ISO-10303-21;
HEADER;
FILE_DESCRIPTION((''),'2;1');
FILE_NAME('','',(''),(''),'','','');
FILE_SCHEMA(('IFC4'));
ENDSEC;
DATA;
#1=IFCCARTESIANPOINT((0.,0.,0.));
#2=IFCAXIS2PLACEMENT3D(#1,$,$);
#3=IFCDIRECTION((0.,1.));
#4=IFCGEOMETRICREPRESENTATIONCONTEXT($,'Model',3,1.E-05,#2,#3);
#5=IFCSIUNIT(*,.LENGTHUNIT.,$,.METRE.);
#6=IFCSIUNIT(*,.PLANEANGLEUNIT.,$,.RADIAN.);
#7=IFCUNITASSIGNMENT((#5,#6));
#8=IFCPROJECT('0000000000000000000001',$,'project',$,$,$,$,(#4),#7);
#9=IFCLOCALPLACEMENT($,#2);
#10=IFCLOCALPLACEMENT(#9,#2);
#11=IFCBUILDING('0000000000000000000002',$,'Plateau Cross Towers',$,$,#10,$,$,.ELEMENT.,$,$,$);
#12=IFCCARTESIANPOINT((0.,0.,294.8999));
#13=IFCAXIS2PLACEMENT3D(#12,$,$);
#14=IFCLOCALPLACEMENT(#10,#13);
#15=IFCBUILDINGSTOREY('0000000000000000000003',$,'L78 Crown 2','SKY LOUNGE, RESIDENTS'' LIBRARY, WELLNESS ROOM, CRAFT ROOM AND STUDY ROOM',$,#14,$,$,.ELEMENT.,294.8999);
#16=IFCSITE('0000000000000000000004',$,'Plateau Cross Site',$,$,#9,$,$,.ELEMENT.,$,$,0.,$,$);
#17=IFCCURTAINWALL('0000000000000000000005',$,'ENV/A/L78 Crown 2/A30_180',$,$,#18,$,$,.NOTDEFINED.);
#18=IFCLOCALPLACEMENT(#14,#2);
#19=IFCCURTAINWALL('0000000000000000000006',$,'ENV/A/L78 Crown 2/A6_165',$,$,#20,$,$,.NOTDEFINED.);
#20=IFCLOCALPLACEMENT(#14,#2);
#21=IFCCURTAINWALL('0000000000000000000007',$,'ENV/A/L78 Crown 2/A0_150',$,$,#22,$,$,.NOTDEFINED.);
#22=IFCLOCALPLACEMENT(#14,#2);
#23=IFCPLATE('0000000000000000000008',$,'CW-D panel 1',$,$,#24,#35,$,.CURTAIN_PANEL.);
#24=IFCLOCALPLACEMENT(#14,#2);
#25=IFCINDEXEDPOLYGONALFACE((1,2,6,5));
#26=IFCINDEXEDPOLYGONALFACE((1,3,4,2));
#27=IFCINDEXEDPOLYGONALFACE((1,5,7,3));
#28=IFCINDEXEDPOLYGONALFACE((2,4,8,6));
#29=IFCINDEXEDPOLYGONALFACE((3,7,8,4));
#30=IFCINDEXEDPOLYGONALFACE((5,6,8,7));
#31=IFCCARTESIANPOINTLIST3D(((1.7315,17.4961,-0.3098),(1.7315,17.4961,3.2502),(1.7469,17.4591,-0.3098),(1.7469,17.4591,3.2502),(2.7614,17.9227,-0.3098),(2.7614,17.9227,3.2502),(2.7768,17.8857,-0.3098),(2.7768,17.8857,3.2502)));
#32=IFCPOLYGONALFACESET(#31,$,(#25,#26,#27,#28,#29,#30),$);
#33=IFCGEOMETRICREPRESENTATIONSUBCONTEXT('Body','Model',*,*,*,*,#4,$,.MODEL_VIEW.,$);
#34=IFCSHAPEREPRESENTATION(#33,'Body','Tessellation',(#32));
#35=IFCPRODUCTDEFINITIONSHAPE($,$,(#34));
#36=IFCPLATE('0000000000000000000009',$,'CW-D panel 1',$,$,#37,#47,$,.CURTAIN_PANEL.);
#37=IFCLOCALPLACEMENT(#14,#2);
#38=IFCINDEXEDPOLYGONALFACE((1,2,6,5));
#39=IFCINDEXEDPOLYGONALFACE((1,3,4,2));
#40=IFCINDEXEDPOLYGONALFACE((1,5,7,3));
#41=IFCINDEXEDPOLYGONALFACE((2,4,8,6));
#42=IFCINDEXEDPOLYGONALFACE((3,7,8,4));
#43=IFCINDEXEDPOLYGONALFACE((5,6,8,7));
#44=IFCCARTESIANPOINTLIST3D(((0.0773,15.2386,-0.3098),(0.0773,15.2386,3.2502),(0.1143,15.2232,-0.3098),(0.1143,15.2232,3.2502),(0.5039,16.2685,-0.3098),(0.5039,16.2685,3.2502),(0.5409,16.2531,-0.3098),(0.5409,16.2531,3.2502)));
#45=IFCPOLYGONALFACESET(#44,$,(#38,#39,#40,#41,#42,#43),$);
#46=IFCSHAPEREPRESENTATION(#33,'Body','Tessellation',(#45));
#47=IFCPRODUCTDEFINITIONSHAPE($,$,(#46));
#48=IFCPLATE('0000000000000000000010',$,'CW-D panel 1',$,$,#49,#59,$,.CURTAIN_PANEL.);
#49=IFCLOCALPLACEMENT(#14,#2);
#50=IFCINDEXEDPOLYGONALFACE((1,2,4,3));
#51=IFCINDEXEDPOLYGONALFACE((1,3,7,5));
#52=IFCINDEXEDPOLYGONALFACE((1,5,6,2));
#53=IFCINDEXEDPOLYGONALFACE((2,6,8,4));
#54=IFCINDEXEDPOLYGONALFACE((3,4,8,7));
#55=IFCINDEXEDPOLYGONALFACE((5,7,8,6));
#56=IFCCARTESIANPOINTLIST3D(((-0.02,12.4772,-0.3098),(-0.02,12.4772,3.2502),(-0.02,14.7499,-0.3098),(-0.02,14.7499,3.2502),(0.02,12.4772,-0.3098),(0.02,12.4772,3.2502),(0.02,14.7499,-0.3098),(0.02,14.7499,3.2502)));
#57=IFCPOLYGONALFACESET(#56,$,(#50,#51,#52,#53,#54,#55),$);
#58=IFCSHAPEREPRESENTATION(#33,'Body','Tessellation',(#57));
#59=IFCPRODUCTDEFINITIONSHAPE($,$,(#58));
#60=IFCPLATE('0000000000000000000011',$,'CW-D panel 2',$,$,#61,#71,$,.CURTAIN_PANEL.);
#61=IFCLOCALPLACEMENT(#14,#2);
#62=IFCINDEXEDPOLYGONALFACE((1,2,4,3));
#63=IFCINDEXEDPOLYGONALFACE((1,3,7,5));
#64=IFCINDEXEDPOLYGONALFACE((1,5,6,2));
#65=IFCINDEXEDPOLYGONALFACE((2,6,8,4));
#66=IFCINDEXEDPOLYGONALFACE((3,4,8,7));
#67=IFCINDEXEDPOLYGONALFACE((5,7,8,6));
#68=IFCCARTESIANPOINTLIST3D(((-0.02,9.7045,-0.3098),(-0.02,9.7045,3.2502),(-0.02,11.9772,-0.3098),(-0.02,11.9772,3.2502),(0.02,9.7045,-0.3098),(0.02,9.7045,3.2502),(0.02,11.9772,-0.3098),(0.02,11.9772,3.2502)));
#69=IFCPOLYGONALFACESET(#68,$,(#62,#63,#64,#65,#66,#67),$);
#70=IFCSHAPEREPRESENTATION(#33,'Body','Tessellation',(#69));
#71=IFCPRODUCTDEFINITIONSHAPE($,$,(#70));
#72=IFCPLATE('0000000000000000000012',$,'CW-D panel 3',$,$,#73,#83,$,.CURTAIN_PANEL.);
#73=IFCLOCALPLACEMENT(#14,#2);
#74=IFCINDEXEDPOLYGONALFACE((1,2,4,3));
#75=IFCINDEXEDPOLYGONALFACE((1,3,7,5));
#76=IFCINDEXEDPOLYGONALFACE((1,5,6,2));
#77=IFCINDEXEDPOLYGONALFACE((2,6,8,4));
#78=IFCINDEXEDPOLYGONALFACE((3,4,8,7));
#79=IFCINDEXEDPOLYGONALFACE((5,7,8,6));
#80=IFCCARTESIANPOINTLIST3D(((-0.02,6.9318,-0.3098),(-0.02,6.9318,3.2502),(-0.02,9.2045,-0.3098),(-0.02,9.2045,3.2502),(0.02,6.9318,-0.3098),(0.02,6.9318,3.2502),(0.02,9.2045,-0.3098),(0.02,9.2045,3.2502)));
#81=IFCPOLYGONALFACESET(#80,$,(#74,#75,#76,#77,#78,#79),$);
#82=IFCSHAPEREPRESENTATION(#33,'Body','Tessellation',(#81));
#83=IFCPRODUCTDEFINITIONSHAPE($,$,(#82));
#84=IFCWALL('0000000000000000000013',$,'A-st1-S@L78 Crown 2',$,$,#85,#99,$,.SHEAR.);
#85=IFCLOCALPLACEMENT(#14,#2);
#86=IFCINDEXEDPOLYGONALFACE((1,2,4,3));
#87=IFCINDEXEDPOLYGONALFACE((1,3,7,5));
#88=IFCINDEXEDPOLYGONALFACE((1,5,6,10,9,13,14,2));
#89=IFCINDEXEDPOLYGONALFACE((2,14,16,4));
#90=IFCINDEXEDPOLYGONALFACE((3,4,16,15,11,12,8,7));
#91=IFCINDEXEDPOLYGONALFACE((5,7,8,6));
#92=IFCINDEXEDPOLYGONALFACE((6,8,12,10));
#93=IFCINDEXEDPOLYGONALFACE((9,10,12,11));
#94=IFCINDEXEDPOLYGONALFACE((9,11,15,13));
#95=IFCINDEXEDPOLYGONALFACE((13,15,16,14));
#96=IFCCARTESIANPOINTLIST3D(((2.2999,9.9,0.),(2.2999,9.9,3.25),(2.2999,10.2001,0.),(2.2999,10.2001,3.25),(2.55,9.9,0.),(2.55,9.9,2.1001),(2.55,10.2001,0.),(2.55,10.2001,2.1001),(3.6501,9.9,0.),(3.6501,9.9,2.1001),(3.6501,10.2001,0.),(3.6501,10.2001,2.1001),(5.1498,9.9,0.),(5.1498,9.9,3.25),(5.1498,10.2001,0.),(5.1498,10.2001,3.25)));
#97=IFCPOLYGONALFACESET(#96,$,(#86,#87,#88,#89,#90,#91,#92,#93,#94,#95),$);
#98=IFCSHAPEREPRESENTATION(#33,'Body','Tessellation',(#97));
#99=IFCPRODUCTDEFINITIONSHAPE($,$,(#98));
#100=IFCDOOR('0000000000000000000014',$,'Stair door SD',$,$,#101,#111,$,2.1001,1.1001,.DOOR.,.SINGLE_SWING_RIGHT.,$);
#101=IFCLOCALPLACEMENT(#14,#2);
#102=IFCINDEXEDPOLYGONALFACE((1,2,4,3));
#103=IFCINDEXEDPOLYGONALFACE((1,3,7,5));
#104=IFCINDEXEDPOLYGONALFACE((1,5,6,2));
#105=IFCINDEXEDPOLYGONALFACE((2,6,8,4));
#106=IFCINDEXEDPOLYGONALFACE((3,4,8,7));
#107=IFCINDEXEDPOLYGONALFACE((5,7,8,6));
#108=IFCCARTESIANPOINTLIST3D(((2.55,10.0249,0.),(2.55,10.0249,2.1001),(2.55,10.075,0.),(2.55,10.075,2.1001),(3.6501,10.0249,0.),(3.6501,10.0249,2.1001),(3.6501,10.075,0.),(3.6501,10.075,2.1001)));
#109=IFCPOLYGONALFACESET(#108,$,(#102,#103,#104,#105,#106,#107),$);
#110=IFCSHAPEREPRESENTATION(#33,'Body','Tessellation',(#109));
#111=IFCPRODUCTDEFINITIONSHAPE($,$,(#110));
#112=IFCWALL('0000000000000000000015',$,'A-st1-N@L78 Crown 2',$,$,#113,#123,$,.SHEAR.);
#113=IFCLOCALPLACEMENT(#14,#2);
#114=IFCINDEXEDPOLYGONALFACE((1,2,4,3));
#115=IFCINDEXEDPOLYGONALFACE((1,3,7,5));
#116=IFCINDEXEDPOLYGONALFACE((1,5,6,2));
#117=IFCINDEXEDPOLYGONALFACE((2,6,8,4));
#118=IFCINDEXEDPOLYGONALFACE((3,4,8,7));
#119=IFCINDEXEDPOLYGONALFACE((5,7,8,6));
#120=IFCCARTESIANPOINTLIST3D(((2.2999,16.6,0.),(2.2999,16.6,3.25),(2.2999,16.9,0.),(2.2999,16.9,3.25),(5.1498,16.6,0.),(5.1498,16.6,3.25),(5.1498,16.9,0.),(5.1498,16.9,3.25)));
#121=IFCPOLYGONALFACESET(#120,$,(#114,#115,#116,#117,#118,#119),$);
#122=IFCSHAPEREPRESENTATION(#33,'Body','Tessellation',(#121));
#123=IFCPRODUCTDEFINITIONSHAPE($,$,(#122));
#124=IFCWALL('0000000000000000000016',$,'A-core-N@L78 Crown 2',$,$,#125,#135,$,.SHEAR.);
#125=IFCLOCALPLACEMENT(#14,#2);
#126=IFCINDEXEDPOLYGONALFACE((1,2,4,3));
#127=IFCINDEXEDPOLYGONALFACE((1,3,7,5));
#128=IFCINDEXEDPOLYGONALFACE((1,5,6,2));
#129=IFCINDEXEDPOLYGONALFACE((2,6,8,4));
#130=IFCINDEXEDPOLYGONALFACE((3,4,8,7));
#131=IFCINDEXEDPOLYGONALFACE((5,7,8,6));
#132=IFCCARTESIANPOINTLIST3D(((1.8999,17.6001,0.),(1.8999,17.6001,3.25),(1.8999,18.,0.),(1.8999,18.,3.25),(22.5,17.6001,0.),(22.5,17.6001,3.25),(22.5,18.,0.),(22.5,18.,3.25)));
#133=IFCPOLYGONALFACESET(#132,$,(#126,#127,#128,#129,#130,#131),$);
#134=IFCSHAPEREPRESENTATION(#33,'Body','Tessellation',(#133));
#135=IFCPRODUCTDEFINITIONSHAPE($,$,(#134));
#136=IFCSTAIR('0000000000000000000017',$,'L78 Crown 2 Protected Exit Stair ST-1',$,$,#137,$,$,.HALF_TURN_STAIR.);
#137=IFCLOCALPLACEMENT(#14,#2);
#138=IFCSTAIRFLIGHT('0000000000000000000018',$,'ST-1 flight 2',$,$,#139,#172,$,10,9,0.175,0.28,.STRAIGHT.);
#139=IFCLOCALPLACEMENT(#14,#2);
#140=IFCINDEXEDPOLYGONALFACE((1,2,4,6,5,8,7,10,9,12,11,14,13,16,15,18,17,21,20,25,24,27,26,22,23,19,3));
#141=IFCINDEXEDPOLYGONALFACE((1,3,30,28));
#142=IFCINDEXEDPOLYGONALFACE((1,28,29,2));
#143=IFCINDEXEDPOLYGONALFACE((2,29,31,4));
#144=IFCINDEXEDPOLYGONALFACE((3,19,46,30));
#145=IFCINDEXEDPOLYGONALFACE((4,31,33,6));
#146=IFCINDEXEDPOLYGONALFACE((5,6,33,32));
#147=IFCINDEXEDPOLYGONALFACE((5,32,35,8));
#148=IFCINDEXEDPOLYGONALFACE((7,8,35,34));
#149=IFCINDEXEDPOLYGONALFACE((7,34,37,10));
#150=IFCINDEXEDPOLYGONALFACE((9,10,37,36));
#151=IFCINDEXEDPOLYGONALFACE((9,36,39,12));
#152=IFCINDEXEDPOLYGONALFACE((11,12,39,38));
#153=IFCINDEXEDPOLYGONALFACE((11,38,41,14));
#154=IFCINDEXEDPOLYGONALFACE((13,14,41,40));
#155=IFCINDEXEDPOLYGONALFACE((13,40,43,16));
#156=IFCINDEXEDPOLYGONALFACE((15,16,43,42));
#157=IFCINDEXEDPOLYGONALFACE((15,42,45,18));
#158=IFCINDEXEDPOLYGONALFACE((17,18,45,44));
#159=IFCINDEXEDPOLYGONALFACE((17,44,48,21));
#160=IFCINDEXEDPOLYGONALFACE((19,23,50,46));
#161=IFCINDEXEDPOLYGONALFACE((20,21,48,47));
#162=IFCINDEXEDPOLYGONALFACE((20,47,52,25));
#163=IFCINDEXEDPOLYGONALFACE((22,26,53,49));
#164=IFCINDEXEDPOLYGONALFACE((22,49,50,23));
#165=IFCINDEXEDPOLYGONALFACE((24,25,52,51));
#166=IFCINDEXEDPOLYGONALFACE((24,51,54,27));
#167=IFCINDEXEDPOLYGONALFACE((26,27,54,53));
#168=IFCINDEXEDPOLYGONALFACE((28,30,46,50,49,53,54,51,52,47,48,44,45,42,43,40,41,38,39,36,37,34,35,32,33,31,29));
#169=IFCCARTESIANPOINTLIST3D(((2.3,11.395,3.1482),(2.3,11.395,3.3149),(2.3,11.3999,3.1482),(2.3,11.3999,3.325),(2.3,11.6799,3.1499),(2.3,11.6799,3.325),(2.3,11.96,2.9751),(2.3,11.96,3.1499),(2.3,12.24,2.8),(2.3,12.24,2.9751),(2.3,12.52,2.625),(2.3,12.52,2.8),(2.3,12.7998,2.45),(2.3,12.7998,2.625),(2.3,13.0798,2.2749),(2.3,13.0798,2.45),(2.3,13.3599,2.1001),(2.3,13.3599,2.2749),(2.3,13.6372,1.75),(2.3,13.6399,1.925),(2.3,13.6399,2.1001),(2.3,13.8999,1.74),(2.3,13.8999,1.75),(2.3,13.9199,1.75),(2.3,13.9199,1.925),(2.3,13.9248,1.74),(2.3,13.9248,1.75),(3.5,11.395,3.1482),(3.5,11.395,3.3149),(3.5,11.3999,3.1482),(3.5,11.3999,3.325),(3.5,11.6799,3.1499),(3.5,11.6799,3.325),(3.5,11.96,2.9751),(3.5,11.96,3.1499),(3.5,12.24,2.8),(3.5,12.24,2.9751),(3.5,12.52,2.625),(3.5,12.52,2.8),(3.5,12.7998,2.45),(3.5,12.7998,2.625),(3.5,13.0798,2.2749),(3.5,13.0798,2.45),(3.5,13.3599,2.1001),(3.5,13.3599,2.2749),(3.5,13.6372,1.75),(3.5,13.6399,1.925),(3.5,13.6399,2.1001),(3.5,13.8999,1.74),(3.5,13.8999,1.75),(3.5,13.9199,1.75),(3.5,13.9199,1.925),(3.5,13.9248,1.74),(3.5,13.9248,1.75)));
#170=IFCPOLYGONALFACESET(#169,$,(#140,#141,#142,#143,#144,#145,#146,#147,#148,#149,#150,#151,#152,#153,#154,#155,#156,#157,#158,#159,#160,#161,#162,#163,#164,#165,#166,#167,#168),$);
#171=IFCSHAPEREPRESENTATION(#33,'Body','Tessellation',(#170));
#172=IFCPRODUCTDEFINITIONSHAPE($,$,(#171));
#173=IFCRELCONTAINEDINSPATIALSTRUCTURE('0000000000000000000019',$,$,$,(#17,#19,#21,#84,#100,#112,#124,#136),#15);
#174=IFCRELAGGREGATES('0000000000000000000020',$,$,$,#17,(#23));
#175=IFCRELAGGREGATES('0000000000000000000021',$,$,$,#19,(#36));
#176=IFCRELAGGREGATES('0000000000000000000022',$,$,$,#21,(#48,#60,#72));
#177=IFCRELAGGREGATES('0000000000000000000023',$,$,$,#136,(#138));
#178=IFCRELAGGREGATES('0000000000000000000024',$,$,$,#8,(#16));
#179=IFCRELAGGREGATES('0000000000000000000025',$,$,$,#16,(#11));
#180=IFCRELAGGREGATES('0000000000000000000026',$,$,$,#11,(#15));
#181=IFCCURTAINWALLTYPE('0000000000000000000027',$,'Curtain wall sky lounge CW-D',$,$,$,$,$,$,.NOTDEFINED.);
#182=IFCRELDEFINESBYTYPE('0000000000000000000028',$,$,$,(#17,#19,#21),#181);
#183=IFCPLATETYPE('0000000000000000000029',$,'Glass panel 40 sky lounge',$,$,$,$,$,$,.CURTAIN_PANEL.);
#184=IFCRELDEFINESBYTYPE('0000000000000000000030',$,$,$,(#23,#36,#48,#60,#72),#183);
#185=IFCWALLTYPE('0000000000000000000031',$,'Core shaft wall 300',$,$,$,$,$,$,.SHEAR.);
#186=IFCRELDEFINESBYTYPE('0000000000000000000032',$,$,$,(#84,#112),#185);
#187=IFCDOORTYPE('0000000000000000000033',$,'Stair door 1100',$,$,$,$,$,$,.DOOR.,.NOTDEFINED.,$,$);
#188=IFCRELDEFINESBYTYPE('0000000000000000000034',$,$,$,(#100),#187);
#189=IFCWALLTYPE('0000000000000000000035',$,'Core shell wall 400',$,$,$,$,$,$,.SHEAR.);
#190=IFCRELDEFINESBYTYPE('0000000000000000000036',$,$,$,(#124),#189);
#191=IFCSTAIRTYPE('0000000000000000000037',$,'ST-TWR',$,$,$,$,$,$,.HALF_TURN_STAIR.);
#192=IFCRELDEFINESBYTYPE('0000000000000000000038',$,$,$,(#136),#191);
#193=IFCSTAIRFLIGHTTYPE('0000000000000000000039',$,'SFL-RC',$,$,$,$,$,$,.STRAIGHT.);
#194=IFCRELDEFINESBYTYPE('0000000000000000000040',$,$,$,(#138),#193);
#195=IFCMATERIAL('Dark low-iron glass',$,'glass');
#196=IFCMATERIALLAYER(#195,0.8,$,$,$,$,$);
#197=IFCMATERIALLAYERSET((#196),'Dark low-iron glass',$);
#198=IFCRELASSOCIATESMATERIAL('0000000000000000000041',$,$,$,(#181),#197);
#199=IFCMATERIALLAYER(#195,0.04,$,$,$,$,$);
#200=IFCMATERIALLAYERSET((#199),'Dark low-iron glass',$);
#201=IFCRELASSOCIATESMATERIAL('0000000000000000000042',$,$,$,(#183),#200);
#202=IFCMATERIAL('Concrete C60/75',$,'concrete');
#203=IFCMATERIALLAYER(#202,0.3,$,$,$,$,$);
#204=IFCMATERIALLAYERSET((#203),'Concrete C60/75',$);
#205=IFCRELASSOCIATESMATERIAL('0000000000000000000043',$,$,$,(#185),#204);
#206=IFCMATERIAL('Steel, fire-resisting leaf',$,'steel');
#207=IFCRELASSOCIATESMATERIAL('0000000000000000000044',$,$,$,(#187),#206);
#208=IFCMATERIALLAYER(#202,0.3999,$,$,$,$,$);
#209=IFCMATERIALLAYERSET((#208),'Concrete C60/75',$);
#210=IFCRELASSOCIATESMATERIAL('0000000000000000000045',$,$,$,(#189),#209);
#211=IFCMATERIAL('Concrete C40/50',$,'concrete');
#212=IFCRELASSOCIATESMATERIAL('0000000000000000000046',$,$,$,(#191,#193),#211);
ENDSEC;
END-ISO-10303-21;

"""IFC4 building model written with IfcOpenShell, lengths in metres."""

from ifc_helpers import new_model, si_unit, direction, frame, frame_2d, origin, origin_2d, place, context, subcontext, project, spatial, polyline, rectangle, outline, extrude, material, layer, layer_set, type_object, element, fill, aggregate, save


model = new_model("IFC4")

# Units and contexts
model_context = context("Model", 3, precision=1e-05, world=origin(), true_north=direction((0.0, 1.0)))
body_context = subcontext(model_context, "Body", "Model", "MODEL_VIEW")
ifc_project = project(units=[si_unit("LENGTHUNIT", "METRE"), si_unit("PLANEANGLEUNIT", "RADIAN")], contexts=[model_context])

# Site, building, storey
site_placement = place(None, origin())
site = spatial("IfcSite", under=ifc_project, at=site_placement, Name="Plateau Cross Site", CompositionType="ELEMENT", RefElevation=0.0)
building_placement = place(site_placement, origin())
building = spatial("IfcBuilding", under=site, at=building_placement, Name="Plateau Cross Towers", CompositionType="ELEMENT")
storey_placement = place(building_placement, frame((0.0, 0.0, 294.8999)))
storey = spatial("IfcBuildingStorey", under=building, at=storey_placement, Name="L78 Crown 2", Description="SKY LOUNGE, RESIDENTS' LIBRARY, WELLNESS ROOM, CRAFT ROOM AND STUDY ROOM", CompositionType="ELEMENT", Elevation=294.8999)

# Shared definitions
ifc_material_1 = material(Name="Concrete C60/75", Category="concrete")

# Curtain wall
ifc_material_2 = material(Name="Dark low-iron glass", Category="glass")
ifc_layer_1 = layer(ifc_material_2, 0.8)
ifc_layer_set_1 = layer_set([ifc_layer_1], Name="Dark low-iron glass")
curtain_wall_type = type_object("IfcCurtainWallType", Name="Curtain wall sky lounge CW-D", PredefinedType="NOTDEFINED", material=ifc_layer_set_1)
curtain_wall_1_placement = place(storey_placement, origin())
curtain_wall_1 = element("IfcCurtainWall", 1, at=curtain_wall_1_placement, inside=storey, type_object=curtain_wall_type, Name="ENV/A/L78 Crown 2/A30_180", PredefinedType="NOTDEFINED")

# Curtain wall
curtain_wall_2_placement = place(storey_placement, origin())
curtain_wall_2 = element("IfcCurtainWall", 2, at=curtain_wall_2_placement, inside=storey, type_object=curtain_wall_type, Name="ENV/A/L78 Crown 2/A6_165", PredefinedType="NOTDEFINED")

# Curtain wall
curtain_wall_3_placement = place(storey_placement, origin())
curtain_wall_3 = element("IfcCurtainWall", 3, at=curtain_wall_3_placement, inside=storey, type_object=curtain_wall_type, Name="ENV/A/L78 Crown 2/A0_150", PredefinedType="NOTDEFINED")

# Plates
ifc_layer_2 = layer(ifc_material_2, 0.04)
ifc_layer_set_2 = layer_set([ifc_layer_2], Name="Dark low-iron glass")
plate_type = type_object("IfcPlateType", Name="Glass panel 40 sky lounge", PredefinedType="CURTAIN_PANEL", material=ifc_layer_set_2)
plate_1_placement = place(storey_placement, frame((2.2542, 17.6909, -0.3098), z_axis=(0.0, 0.0, 1.0), x_axis=(-0.923879, -0.382684, 0.0)))
plate_1 = element("IfcPlate", 4, at=plate_1_placement, type_object=plate_type, Name="CW-D panel 1", PredefinedType="CURTAIN_PANEL", context=body_context, shape_type="SweptSolid", body=[
    extrude(rectangle(XDim=1.1147, YDim=0.04, at=origin_2d()), origin(), (0.0, 0.0, 1.0), 3.5601),
])
aggregate(curtain_wall_1, [plate_1])
plate_2_placement = place(storey_placement, frame((0.3091, 15.7458, -0.3098), z_axis=(0.0, 0.0, 1.0), x_axis=(-0.382684, -0.923879, 0.0)))
plate_2 = element("IfcPlate", 5, at=plate_2_placement, type_object=plate_type, Name="CW-D panel 1", PredefinedType="CURTAIN_PANEL", context=body_context, shape_type="SweptSolid", body=[
    extrude(rectangle(XDim=1.1147, YDim=0.04, at=origin_2d()), origin(), (0.0, 0.0, 1.0), 3.5601),
])
aggregate(curtain_wall_2, [plate_2])
plate_3_placement = place(storey_placement, frame((0.0, 13.6135, -0.3098), z_axis=(0.0, 0.0, 1.0), x_axis=(0.0, -1.0, 0.0)))
plate_3 = element("IfcPlate", 6, at=plate_3_placement, type_object=plate_type, Name="CW-D panel 1", PredefinedType="CURTAIN_PANEL", context=body_context, shape_type="SweptSolid", body=[
    extrude(rectangle(XDim=2.2727, YDim=0.04, at=origin_2d()), origin(), (0.0, 0.0, 1.0), 3.5601),
])
plate_4_placement = place(storey_placement, frame((0.0, 10.8408, -0.3098), z_axis=(0.0, 0.0, 1.0), x_axis=(0.0, -1.0, 0.0)))
plate_4 = element("IfcPlate", 7, at=plate_4_placement, type_object=plate_type, Name="CW-D panel 2", PredefinedType="CURTAIN_PANEL", context=body_context, shape_type="SweptSolid", body=[
    extrude(rectangle(XDim=2.2727, YDim=0.04, at=origin_2d()), origin(), (0.0, 0.0, 1.0), 3.5601),
])
plate_5_placement = place(storey_placement, frame((0.0, 8.0681, -0.3098), z_axis=(0.0, 0.0, 1.0), x_axis=(0.0, -1.0, 0.0)))
plate_5 = element("IfcPlate", 8, at=plate_5_placement, type_object=plate_type, Name="CW-D panel 3", PredefinedType="CURTAIN_PANEL", context=body_context, shape_type="SweptSolid", body=[
    extrude(rectangle(XDim=2.2727, YDim=0.04, at=origin_2d()), origin(), (0.0, 0.0, 1.0), 3.5601),
])
aggregate(curtain_wall_3, [plate_3, plate_4, plate_5])

# Wall, opening, door
ifc_layer_3 = layer(ifc_material_1, 0.3)
ifc_layer_set_3 = layer_set([ifc_layer_3], Name="Concrete C60/75")
wall_type_1 = type_object("IfcWallType", Name="Core shaft wall 300", PredefinedType="SHEAR", material=ifc_layer_set_3)
wall_1_placement = place(storey_placement, frame((2.3, 10.05, 0.0), z_axis=(0.0, 0.0, 1.0), x_axis=(1.0, 0.0, 0.0)))
wall_1 = element("IfcWall", 9, at=wall_1_placement, inside=storey, type_object=wall_type_1, Name="A-st1-S@L78 Crown 2", PredefinedType="SHEAR", context=body_context, shape_type="SweptSolid", body=[
    extrude(rectangle(XDim=2.8499, YDim=0.3, at=frame_2d((1.4248, 0.0))), origin(), (0.0, 0.0, 1.0), 3.25),
])
opening_placement = place(wall_1_placement, frame((0.25, 0.0, 0.0)))
opening = element("IfcOpeningElement", 10, at=opening_placement, cuts=wall_1, PredefinedType="OPENING", context=body_context, shape_type="SweptSolid", body=[
    extrude(rectangle(XDim=1.1001, YDim=2.1001, at=frame_2d((0.55, 1.05))), frame((0.0, 0.1599, 0.0), z_axis=(0.0, -1.0, 0.0), x_axis=(1.0, 0.0, 0.0)), (0.0, 0.0, 1.0), 0.3201),
])
ifc_material_3 = material(Name="Steel, fire-resisting leaf", Category="steel")
door_type = type_object("IfcDoorType", Name="Stair door 1100", OperationType="NOTDEFINED", PredefinedType="DOOR", material=ifc_material_3)
door_placement = place(opening_placement, origin())
door = element("IfcDoor", 11, at=door_placement, inside=storey, type_object=door_type, Name="Stair door SD", OperationType="SINGLE_SWING_RIGHT", OverallHeight=2.1001, OverallWidth=1.1001, PredefinedType="DOOR", context=body_context, shape_type="SweptSolid", body=[
    extrude(rectangle(XDim=1.1001, YDim=2.1001, at=frame_2d((0.55, 1.05))), frame((0.0, 0.0249, 0.0), z_axis=(0.0, -1.0, 0.0), x_axis=(1.0, 0.0, 0.0)), (0.0, 0.0, 1.0), 0.05),
])
fill(opening, door)

# Walls
wall_2_placement = place(storey_placement, frame((2.3, 16.75, 0.0), z_axis=(0.0, 0.0, 1.0), x_axis=(1.0, 0.0, 0.0)))
element("IfcWall", 12, at=wall_2_placement, inside=storey, type_object=wall_type_1, Name="A-st1-N@L78 Crown 2", PredefinedType="SHEAR", context=body_context, shape_type="SweptSolid", body=[
    extrude(rectangle(XDim=2.8499, YDim=0.3, at=frame_2d((1.4248, 0.0))), origin(), (0.0, 0.0, 1.0), 3.25),
])
ifc_layer_4 = layer(ifc_material_1, 0.3999)
ifc_layer_set_4 = layer_set([ifc_layer_4], Name="Concrete C60/75")
wall_type_2 = type_object("IfcWallType", Name="Core shell wall 400", PredefinedType="SHEAR", material=ifc_layer_set_4)
wall_3_placement = place(storey_placement, frame((1.8999, 17.8, 0.0), z_axis=(0.0, 0.0, 1.0), x_axis=(1.0, 0.0, 0.0)))
element("IfcWall", 13, at=wall_3_placement, inside=storey, type_object=wall_type_2, Name="A-core-N@L78 Crown 2", PredefinedType="SHEAR", context=body_context, shape_type="SweptSolid", body=[
    extrude(rectangle(XDim=20.6001, YDim=0.3999, at=frame_2d((10.3, 0.0))), origin(), (0.0, 0.0, 1.0), 3.25),
])

# Stair, stair flight
ifc_material_4 = material(Name="Concrete C40/50", Category="concrete")
stair_type = type_object("IfcStairType", Name="ST-TWR", PredefinedType="HALF_TURN_STAIR", material=ifc_material_4)
stair_placement = place(storey_placement, origin())
stair = element("IfcStair", 14, at=stair_placement, inside=storey, type_object=stair_type, Name="L78 Crown 2 Protected Exit Stair ST-1", PredefinedType="HALF_TURN_STAIR")
stair_flight_type = type_object("IfcStairFlightType", Name="SFL-RC", PredefinedType="STRAIGHT", material=ifc_material_4)
stair_flight_placement = place(storey_placement, frame((2.8999, 13.9199, 1.75), z_axis=(0.0, 0.0, 1.0), x_axis=(0.0, -1.0, 0.0)))
stair_flight = element("IfcStairFlight", 15, at=stair_flight_placement, type_object=stair_flight_type, Name="ST-1 flight 2", NumberOfRisers=10, NumberOfTreads=9, PredefinedType="STRAIGHT", RiserHeight=0.175, TreadLength=0.28, context=body_context, shape_type="SweptSolid", body=[
    extrude(outline(polyline([(-0.0049, -0.01), (-0.0049, 0.0), (0.0, 0.0), (0.0, 0.175), (0.28, 0.175), (0.28, 0.3501), (0.5601, 0.3501), (0.5601, 0.5249), (0.8401, 0.5249), (0.8401, 0.7), (1.1201, 0.7), (1.1201, 0.875), (1.3999, 0.875), (1.3999, 1.05), (1.6799, 1.05), (1.6799, 1.2251), (1.96, 1.2251), (1.96, 1.3999), (2.24, 1.3999), (2.24, 1.575), (2.52, 1.575), (2.5249, 1.5649), (2.5249, 1.3982), (2.52, 1.3982), (0.2827, 0.0), (0.02, 0.0), (0.02, -0.01), (-0.0049, -0.01)])), frame((0.0, 0.6001, 0.0), z_axis=(0.0, -1.0, 0.0), x_axis=(1.0, 0.0, 0.0)), (0.0, 0.0, 1.0), 1.2),
])
aggregate(stair, [stair_flight])

save(model, "model.ifc")
